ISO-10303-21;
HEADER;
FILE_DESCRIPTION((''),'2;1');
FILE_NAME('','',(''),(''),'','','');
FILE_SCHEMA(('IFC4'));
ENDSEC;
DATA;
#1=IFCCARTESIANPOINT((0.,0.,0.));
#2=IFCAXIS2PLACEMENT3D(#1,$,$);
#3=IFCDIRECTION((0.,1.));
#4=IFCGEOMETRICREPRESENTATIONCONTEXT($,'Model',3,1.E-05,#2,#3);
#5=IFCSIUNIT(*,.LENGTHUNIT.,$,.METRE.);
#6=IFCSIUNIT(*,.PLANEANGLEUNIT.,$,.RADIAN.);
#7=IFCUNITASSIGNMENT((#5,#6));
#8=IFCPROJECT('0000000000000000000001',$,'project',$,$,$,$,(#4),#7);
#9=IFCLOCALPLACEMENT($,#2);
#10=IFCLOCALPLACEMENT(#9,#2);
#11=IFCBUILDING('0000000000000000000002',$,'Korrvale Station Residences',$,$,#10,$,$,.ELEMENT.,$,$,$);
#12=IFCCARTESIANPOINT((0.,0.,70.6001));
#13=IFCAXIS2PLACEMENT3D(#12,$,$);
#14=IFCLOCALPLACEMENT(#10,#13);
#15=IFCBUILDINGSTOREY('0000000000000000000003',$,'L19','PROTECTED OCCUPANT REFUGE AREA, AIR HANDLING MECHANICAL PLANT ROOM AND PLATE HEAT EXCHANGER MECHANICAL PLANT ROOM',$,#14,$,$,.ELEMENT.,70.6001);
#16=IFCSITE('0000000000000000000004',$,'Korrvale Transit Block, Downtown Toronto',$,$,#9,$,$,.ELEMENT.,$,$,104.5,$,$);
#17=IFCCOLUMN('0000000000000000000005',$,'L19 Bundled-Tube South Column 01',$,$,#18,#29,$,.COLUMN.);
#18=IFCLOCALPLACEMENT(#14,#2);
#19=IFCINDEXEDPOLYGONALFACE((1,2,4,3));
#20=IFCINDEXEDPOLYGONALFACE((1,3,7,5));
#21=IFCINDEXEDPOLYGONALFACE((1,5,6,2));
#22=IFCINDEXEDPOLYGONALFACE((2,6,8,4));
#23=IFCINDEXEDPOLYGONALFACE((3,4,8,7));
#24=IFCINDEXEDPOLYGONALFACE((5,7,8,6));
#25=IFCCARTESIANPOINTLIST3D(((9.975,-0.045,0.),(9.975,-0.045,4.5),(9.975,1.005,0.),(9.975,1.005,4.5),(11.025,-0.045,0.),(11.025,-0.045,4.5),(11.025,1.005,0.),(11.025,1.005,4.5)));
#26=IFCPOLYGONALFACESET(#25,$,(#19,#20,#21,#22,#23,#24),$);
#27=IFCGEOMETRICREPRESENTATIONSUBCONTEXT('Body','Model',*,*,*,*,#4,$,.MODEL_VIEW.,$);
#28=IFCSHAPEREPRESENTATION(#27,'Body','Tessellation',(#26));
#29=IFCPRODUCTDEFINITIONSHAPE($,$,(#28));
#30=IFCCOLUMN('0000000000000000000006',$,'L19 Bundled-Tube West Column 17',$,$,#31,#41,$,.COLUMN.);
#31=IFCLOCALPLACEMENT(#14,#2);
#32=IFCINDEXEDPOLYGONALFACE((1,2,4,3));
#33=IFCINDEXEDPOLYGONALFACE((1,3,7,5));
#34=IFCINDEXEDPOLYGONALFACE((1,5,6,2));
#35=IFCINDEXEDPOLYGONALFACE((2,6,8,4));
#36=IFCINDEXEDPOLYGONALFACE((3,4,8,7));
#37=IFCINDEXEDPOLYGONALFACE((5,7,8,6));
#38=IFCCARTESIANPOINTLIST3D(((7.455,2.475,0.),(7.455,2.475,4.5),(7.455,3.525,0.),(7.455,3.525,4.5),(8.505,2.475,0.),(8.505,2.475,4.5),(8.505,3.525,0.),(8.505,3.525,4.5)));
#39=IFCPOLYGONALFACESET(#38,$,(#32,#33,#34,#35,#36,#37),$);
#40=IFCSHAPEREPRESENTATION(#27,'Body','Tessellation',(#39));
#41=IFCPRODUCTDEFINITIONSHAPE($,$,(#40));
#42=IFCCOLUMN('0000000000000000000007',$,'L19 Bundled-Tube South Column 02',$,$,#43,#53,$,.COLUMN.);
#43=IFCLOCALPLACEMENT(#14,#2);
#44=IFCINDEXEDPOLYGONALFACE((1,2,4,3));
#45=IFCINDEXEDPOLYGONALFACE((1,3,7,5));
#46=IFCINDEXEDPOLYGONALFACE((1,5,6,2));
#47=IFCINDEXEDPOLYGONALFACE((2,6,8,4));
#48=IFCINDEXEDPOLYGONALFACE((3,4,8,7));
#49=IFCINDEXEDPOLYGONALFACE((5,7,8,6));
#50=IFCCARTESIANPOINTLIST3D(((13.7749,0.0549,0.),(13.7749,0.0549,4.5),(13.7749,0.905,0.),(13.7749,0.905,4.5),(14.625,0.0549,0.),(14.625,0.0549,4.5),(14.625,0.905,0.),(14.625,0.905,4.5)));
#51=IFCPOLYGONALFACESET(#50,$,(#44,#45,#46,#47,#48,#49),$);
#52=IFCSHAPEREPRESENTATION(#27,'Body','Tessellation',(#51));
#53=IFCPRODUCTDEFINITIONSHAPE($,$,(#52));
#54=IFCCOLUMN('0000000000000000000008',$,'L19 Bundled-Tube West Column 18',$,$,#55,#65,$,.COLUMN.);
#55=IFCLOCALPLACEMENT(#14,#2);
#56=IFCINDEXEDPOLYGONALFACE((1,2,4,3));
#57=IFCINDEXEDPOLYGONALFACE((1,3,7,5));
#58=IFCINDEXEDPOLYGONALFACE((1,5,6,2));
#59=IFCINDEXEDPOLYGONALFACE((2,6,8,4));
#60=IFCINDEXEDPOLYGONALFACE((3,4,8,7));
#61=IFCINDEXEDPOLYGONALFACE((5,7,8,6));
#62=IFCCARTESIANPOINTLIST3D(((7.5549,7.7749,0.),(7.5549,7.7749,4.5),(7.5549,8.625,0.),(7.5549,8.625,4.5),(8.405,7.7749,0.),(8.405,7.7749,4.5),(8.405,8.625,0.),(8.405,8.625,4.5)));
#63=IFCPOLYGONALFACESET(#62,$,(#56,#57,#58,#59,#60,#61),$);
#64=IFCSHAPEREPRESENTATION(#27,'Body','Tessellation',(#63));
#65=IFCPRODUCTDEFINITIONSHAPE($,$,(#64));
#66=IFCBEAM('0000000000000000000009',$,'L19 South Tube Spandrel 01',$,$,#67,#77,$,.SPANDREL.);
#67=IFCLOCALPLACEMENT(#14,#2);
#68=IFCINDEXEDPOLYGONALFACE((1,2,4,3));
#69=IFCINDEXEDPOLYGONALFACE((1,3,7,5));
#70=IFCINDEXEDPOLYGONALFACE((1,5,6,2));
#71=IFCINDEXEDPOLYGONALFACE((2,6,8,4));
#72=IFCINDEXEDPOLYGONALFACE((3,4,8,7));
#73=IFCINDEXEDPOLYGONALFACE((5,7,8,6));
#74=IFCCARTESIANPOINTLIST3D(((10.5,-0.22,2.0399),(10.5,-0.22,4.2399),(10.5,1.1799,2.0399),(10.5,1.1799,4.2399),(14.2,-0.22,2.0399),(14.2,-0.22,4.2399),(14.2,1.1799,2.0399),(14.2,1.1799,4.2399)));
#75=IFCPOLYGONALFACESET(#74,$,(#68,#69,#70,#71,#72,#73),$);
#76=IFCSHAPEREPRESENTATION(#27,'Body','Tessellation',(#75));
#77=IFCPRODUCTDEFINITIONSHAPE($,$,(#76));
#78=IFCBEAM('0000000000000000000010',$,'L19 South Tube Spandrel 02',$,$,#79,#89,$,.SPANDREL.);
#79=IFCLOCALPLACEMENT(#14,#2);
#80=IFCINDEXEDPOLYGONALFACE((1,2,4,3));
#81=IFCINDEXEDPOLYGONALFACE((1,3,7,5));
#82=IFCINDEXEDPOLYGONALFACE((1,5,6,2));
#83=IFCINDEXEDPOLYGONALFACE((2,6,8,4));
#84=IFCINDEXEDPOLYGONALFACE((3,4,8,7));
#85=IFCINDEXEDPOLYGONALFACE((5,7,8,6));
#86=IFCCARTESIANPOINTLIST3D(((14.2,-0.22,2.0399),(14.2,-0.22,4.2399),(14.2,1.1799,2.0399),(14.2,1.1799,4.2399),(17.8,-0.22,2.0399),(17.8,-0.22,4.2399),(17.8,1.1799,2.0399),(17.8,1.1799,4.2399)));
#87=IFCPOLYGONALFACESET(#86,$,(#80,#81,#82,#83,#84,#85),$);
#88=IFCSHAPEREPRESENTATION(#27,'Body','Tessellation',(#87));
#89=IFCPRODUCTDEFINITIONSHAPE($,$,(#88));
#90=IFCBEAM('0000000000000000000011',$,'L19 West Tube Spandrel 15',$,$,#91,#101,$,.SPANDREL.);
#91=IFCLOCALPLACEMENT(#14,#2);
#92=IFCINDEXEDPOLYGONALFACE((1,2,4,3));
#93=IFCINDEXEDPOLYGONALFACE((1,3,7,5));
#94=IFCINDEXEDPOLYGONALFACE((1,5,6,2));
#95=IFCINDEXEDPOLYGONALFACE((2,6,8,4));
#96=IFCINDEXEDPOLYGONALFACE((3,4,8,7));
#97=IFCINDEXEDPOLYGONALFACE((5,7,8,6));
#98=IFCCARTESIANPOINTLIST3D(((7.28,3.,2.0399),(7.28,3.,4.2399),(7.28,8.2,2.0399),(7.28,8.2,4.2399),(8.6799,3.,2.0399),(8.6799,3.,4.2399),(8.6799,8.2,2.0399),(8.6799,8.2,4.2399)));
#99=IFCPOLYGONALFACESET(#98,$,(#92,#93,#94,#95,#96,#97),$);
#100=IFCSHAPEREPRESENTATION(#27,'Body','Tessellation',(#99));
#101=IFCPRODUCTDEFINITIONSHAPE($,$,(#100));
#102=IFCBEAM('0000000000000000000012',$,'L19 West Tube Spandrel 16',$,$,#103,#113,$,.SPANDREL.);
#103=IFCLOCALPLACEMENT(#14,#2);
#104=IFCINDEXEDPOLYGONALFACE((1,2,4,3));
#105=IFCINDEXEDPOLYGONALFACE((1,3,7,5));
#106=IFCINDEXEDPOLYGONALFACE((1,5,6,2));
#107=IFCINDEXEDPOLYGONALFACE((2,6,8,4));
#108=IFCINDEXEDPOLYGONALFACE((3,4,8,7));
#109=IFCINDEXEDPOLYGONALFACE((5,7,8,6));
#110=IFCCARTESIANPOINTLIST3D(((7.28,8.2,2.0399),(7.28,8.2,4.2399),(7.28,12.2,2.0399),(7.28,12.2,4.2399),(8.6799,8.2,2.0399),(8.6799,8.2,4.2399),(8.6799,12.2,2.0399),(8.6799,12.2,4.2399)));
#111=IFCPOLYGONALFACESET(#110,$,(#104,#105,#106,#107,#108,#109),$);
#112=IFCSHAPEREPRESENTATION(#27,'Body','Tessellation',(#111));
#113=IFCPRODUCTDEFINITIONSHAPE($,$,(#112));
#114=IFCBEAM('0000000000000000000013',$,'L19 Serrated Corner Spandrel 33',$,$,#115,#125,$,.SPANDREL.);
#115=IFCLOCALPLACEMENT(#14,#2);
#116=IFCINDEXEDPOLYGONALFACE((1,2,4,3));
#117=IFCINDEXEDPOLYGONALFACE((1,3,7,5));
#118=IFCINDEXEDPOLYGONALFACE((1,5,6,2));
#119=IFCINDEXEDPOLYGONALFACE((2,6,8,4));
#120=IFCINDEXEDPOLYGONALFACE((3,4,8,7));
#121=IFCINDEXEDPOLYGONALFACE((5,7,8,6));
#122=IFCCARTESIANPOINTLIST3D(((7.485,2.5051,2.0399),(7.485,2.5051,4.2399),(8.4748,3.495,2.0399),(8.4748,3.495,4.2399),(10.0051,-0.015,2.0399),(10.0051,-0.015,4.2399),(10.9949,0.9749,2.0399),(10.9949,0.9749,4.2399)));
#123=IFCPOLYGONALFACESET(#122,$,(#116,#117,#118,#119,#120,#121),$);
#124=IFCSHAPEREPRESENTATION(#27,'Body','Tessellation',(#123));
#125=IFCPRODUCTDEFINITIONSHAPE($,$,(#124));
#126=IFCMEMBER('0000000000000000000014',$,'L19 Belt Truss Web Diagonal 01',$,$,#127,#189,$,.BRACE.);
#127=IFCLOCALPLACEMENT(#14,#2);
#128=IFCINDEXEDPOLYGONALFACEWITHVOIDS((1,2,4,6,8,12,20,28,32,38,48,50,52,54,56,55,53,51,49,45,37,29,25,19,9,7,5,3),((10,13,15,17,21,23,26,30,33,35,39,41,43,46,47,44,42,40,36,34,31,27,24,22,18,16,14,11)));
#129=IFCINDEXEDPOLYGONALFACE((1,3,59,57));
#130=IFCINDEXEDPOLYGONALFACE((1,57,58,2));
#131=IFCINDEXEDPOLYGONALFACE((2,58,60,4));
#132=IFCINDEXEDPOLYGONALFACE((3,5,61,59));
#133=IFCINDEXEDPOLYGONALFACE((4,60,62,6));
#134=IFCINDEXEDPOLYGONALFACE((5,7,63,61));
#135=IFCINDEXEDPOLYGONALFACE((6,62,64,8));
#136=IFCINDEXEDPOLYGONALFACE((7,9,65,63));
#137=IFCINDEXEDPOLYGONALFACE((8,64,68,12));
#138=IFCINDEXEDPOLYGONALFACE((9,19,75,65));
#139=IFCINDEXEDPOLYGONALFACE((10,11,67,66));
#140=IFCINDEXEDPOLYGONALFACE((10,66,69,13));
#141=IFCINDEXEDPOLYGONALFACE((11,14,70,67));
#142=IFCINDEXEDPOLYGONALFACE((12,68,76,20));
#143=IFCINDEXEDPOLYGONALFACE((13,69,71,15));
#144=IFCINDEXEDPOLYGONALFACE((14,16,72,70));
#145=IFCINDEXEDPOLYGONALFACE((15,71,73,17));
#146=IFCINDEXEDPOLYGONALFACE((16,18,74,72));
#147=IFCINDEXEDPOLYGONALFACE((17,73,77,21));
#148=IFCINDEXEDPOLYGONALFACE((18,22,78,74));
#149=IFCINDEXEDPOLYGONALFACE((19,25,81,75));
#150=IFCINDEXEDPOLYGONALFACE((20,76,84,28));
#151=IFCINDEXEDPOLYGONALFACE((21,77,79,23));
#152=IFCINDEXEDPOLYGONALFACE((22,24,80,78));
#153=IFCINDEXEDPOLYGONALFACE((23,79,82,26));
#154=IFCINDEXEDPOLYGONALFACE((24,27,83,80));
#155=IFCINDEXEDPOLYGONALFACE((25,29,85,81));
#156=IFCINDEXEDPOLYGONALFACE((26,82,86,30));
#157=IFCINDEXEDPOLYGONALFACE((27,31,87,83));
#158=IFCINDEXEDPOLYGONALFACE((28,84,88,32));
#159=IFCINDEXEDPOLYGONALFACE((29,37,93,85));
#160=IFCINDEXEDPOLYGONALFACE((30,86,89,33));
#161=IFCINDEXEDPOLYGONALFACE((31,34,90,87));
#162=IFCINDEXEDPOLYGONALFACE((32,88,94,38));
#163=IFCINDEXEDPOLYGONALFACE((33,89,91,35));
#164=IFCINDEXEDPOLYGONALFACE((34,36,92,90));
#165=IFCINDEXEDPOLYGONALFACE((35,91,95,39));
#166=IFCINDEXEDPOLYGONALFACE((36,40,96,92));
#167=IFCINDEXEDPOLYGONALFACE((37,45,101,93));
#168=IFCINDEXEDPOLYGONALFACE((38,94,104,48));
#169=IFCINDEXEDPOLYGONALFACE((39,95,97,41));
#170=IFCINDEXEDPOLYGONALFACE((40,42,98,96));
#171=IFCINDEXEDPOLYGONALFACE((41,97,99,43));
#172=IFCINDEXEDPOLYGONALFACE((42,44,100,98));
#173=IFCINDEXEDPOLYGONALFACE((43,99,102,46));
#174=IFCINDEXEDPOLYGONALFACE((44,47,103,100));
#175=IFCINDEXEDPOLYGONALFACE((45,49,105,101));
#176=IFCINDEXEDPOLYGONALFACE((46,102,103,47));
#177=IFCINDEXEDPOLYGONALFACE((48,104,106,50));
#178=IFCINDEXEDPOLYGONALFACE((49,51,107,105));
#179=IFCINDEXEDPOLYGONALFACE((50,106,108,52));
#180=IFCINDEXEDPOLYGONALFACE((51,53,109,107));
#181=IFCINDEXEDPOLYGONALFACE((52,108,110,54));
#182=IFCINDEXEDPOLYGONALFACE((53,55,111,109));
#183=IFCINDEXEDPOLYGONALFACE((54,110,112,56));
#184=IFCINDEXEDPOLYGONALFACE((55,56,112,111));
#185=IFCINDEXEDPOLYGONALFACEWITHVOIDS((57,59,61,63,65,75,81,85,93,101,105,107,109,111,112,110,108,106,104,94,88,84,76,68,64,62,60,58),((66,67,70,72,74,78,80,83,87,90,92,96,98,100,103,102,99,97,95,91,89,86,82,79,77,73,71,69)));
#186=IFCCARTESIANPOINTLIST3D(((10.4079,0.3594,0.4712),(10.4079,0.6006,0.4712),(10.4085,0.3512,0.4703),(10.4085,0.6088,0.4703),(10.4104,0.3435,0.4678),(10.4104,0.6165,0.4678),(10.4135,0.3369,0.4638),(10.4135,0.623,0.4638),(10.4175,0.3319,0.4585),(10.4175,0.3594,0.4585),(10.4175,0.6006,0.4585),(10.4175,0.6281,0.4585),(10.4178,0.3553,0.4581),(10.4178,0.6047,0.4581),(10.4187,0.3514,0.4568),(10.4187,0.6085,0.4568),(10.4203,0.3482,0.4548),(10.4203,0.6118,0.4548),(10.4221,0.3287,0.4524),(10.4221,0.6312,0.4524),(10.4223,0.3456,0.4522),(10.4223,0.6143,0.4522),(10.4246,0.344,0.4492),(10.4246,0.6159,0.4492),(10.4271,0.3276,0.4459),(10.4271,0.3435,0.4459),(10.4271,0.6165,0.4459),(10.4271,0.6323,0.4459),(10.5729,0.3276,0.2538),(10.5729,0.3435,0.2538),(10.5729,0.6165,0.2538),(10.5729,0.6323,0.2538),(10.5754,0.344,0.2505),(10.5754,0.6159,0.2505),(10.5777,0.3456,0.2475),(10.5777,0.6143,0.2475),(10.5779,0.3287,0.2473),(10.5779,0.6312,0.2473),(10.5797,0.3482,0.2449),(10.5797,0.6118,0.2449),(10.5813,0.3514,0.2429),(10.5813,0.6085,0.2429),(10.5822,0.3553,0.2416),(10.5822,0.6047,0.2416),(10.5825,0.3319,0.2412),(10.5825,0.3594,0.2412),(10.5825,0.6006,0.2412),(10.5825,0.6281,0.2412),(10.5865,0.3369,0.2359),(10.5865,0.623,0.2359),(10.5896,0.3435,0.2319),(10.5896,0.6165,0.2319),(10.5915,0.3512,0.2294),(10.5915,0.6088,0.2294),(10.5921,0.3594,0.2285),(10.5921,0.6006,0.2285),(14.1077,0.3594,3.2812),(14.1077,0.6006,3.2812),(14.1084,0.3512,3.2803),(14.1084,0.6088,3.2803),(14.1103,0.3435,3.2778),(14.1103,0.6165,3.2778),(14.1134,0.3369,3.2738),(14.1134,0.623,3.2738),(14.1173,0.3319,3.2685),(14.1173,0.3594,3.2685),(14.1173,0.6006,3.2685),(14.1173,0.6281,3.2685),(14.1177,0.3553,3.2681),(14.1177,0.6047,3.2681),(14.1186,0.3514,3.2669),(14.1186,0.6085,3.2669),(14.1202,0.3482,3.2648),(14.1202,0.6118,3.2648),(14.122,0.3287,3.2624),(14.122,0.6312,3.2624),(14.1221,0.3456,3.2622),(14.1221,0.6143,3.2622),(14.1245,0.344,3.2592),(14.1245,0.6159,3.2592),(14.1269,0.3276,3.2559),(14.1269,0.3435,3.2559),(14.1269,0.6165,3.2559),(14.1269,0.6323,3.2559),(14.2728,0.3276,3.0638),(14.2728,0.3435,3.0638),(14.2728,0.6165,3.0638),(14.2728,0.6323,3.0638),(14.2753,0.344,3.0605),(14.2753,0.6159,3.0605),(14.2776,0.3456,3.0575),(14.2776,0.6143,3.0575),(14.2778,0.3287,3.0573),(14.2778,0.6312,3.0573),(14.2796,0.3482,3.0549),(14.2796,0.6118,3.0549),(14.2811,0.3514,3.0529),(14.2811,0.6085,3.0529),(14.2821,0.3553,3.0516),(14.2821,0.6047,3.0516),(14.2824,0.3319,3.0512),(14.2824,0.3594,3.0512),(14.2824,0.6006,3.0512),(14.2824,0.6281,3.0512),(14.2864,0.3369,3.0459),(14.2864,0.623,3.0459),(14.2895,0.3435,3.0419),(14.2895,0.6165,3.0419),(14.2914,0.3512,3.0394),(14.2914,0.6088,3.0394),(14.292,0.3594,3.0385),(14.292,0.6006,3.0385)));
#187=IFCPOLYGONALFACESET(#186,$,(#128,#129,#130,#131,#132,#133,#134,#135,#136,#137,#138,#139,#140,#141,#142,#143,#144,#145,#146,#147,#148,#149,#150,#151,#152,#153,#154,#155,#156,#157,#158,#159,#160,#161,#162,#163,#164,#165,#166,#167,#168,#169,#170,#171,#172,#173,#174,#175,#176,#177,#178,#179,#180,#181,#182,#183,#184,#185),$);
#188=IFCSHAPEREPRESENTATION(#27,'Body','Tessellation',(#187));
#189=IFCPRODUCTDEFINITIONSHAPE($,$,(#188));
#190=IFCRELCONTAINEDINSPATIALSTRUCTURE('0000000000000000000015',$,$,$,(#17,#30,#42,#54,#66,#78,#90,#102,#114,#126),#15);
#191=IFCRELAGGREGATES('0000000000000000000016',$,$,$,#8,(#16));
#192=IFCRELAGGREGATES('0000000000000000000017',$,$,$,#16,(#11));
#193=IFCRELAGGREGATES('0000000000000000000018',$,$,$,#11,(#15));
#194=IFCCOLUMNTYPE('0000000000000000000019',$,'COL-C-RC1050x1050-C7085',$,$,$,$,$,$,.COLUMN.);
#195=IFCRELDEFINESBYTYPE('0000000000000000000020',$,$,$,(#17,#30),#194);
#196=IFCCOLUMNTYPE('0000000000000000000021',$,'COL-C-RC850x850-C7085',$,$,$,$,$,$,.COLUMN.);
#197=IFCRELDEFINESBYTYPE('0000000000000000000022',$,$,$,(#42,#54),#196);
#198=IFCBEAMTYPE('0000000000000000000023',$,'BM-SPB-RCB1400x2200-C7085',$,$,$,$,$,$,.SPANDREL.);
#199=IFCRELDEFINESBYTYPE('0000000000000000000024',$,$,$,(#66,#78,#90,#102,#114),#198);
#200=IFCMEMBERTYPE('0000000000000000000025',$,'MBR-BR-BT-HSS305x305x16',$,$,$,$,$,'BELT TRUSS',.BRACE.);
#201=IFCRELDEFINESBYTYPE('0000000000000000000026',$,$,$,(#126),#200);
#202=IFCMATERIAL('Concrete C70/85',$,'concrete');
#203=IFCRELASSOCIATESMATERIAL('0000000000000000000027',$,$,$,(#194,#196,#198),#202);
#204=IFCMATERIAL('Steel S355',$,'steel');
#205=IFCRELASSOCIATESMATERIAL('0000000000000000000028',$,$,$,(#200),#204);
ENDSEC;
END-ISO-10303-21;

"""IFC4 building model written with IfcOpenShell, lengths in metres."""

from ifc_helpers import new_model, si_unit, direction, frame, origin, origin_2d, place, context, subcontext, project, spatial, rectangle, hollow_rectangle, extrude, material, material_profile, profile_set, type_object, element, save


model = new_model("IFC4")

# Units and contexts
model_context = context("Model", 3, precision=1e-05, world=origin(), true_north=direction((0.0, 1.0)))
body_context = subcontext(model_context, "Body", "Model", "MODEL_VIEW")
ifc_project = project(units=[si_unit("LENGTHUNIT", "METRE"), si_unit("PLANEANGLEUNIT", "RADIAN")], contexts=[model_context])

# Site, building, storey
site_placement = place(None, origin())
site = spatial("IfcSite", under=ifc_project, at=site_placement, Name="Korrvale Transit Block, Downtown Toronto", CompositionType="ELEMENT", RefElevation=104.5)
building_placement = place(site_placement, origin())
building = spatial("IfcBuilding", under=site, at=building_placement, Name="Korrvale Station Residences", CompositionType="ELEMENT")
storey_placement = place(building_placement, frame((0.0, 0.0, 70.6001)))
storey = spatial("IfcBuildingStorey", under=building, at=storey_placement, Name="L19", Description="PROTECTED OCCUPANT REFUGE AREA, AIR HANDLING MECHANICAL PLANT ROOM AND PLATE HEAT EXCHANGER MECHANICAL PLANT ROOM", CompositionType="ELEMENT", Elevation=70.6001)

# Columns
ifc_material_1 = material(Name="Concrete C70/85", Category="concrete")
ifc_material_profile_1 = material_profile(ifc_material_1, rectangle(XDim=1.05, YDim=1.05, at=origin_2d()), Name="RC1050x1050")
ifc_profile_set_1 = profile_set([ifc_material_profile_1], Name="Concrete C70/85")
column_type_1 = type_object("IfcColumnType", Name="COL-C-RC1050x1050-C7085", PredefinedType="COLUMN", material=ifc_profile_set_1)
for number, where, z_axis, x_axis, name in (
    (1, (10.5, 0.48, 0.0), (0.0, 0.0, 1.0), (1.0, 0.0, 0.0), "L19 Bundled-Tube South Column 01"),
    (2, (7.98, 3.0, 0.0), (0.0, 0.0, 1.0), (1.0, 0.0, 0.0), "L19 Bundled-Tube West Column 17"),
):
    element("IfcColumn", number, at=place(storey_placement, frame(where, z_axis=z_axis, x_axis=x_axis)), inside=storey, type_object=column_type_1, Name=name, PredefinedType="COLUMN", context=body_context, shape_type="SweptSolid", body=[
        extrude(rectangle(XDim=1.05, YDim=1.05, at=origin_2d()), origin(), (0.0, 0.0, 1.0), 4.5),
    ])
ifc_material_profile_2 = material_profile(ifc_material_1, rectangle(XDim=0.8501, YDim=0.8501, at=origin_2d()), Name="RC850x850")
ifc_profile_set_2 = profile_set([ifc_material_profile_2], Name="Concrete C70/85")
column_type_2 = type_object("IfcColumnType", Name="COL-C-RC850x850-C7085", PredefinedType="COLUMN", material=ifc_profile_set_2)
for number, where, z_axis, x_axis, name in (
    (3, (14.2, 0.48, 0.0), (0.0, 0.0, 1.0), (1.0, 0.0, 0.0), "L19 Bundled-Tube South Column 02"),
    (4, (7.98, 8.2, 0.0), (0.0, 0.0, 1.0), (1.0, 0.0, 0.0), "L19 Bundled-Tube West Column 18"),
):
    element("IfcColumn", number, at=place(storey_placement, frame(where, z_axis=z_axis, x_axis=x_axis)), inside=storey, type_object=column_type_2, Name=name, PredefinedType="COLUMN", context=body_context, shape_type="SweptSolid", body=[
        extrude(rectangle(XDim=0.8501, YDim=0.8501, at=origin_2d()), origin(), (0.0, 0.0, 1.0), 4.5),
    ])

# Beams
ifc_material_profile_3 = material_profile(ifc_material_1, rectangle(XDim=1.3999, YDim=2.2, at=origin_2d()), Name="RCB1400x2200")
ifc_profile_set_3 = profile_set([ifc_material_profile_3], Name="Concrete C70/85")
beam_type = type_object("IfcBeamType", Name="BM-SPB-RCB1400x2200-C7085", PredefinedType="SPANDREL", material=ifc_profile_set_3)
beam_1_placement = place(storey_placement, frame((10.5, 0.48, 3.1399), z_axis=(1.0, 0.0, 0.0), x_axis=(0.0, 1.0, 0.0)))
element("IfcBeam", 5, at=beam_1_placement, inside=storey, type_object=beam_type, Name="L19 South Tube Spandrel 01", PredefinedType="SPANDREL", context=body_context, shape_type="SweptSolid", body=[
    extrude(rectangle(XDim=1.3999, YDim=2.2, at=origin_2d()), origin(), (0.0, 0.0, 1.0), 3.7),
])
beam_2_placement = place(storey_placement, frame((14.2, 0.48, 3.1399), z_axis=(1.0, 0.0, 0.0), x_axis=(0.0, 1.0, 0.0)))
element("IfcBeam", 6, at=beam_2_placement, inside=storey, type_object=beam_type, Name="L19 South Tube Spandrel 02", PredefinedType="SPANDREL", context=body_context, shape_type="SweptSolid", body=[
    extrude(rectangle(XDim=1.3999, YDim=2.2, at=origin_2d()), origin(), (0.0, 0.0, 1.0), 3.6001),
])
beam_3_placement = place(storey_placement, frame((7.98, 3.0, 3.1399), z_axis=(0.0, 1.0, 0.0), x_axis=(-1.0, 0.0, 0.0)))
element("IfcBeam", 7, at=beam_3_placement, inside=storey, type_object=beam_type, Name="L19 West Tube Spandrel 15", PredefinedType="SPANDREL", context=body_context, shape_type="SweptSolid", body=[
    extrude(rectangle(XDim=1.3999, YDim=2.2, at=origin_2d()), origin(), (0.0, 0.0, 1.0), 5.2),
])
beam_4_placement = place(storey_placement, frame((7.98, 8.2, 3.1399), z_axis=(0.0, 1.0, 0.0), x_axis=(-1.0, 0.0, 0.0)))
element("IfcBeam", 8, at=beam_4_placement, inside=storey, type_object=beam_type, Name="L19 West Tube Spandrel 16", PredefinedType="SPANDREL", context=body_context, shape_type="SweptSolid", body=[
    extrude(rectangle(XDim=1.3999, YDim=2.2, at=origin_2d()), origin(), (0.0, 0.0, 1.0), 4.0),
])
beam_5_placement = place(storey_placement, frame((10.5, 0.48, 3.1399), z_axis=(-0.707107, 0.707107, 0.0), x_axis=(-0.707107, -0.707107, 0.0)))
element("IfcBeam", 9, at=beam_5_placement, inside=storey, type_object=beam_type, Name="L19 Serrated Corner Spandrel 33", PredefinedType="SPANDREL", context=body_context, shape_type="SweptSolid", body=[
    extrude(rectangle(XDim=1.3999, YDim=2.2, at=origin_2d()), origin(), (0.0, 0.0, 1.0), 3.564),
])

# Member
ifc_material_2 = material(Name="Steel S355", Category="steel")
ifc_material_profile_4 = material_profile(ifc_material_2, hollow_rectangle(XDim=0.3047, YDim=0.3047, WallThickness=0.0159, InnerFilletRadius=0.0159, OuterFilletRadius=0.0317, at=origin_2d()), Name="HSS305x305x16")
ifc_profile_set_4 = profile_set([ifc_material_profile_4], Name="Steel S355")
member_type_1 = type_object("IfcMemberType", Name="MBR-BR-BT-HSS305x305x16", ElementType="BELT TRUSS", PredefinedType="BRACE", material=ifc_profile_set_4)
member_1_placement = place(storey_placement, frame((10.5, 0.48, 0.3499), z_axis=(0.79636, 0.0, 0.604823), x_axis=(0.0, 1.0, 0.0)))
element("IfcMember", 10, at=member_1_placement, inside=storey, type_object=member_type_1, Name="L19 Belt Truss Web Diagonal 01", PredefinedType="BRACE", context=body_context, shape_type="SweptSolid", body=[
    extrude(hollow_rectangle(XDim=0.3047, YDim=0.3047, WallThickness=0.0159, InnerFilletRadius=0.0159, OuterFilletRadius=0.0317, at=origin_2d()), origin(), (0.0, 0.0, 1.0), 4.646),
])

save(model, "model.ifc")
